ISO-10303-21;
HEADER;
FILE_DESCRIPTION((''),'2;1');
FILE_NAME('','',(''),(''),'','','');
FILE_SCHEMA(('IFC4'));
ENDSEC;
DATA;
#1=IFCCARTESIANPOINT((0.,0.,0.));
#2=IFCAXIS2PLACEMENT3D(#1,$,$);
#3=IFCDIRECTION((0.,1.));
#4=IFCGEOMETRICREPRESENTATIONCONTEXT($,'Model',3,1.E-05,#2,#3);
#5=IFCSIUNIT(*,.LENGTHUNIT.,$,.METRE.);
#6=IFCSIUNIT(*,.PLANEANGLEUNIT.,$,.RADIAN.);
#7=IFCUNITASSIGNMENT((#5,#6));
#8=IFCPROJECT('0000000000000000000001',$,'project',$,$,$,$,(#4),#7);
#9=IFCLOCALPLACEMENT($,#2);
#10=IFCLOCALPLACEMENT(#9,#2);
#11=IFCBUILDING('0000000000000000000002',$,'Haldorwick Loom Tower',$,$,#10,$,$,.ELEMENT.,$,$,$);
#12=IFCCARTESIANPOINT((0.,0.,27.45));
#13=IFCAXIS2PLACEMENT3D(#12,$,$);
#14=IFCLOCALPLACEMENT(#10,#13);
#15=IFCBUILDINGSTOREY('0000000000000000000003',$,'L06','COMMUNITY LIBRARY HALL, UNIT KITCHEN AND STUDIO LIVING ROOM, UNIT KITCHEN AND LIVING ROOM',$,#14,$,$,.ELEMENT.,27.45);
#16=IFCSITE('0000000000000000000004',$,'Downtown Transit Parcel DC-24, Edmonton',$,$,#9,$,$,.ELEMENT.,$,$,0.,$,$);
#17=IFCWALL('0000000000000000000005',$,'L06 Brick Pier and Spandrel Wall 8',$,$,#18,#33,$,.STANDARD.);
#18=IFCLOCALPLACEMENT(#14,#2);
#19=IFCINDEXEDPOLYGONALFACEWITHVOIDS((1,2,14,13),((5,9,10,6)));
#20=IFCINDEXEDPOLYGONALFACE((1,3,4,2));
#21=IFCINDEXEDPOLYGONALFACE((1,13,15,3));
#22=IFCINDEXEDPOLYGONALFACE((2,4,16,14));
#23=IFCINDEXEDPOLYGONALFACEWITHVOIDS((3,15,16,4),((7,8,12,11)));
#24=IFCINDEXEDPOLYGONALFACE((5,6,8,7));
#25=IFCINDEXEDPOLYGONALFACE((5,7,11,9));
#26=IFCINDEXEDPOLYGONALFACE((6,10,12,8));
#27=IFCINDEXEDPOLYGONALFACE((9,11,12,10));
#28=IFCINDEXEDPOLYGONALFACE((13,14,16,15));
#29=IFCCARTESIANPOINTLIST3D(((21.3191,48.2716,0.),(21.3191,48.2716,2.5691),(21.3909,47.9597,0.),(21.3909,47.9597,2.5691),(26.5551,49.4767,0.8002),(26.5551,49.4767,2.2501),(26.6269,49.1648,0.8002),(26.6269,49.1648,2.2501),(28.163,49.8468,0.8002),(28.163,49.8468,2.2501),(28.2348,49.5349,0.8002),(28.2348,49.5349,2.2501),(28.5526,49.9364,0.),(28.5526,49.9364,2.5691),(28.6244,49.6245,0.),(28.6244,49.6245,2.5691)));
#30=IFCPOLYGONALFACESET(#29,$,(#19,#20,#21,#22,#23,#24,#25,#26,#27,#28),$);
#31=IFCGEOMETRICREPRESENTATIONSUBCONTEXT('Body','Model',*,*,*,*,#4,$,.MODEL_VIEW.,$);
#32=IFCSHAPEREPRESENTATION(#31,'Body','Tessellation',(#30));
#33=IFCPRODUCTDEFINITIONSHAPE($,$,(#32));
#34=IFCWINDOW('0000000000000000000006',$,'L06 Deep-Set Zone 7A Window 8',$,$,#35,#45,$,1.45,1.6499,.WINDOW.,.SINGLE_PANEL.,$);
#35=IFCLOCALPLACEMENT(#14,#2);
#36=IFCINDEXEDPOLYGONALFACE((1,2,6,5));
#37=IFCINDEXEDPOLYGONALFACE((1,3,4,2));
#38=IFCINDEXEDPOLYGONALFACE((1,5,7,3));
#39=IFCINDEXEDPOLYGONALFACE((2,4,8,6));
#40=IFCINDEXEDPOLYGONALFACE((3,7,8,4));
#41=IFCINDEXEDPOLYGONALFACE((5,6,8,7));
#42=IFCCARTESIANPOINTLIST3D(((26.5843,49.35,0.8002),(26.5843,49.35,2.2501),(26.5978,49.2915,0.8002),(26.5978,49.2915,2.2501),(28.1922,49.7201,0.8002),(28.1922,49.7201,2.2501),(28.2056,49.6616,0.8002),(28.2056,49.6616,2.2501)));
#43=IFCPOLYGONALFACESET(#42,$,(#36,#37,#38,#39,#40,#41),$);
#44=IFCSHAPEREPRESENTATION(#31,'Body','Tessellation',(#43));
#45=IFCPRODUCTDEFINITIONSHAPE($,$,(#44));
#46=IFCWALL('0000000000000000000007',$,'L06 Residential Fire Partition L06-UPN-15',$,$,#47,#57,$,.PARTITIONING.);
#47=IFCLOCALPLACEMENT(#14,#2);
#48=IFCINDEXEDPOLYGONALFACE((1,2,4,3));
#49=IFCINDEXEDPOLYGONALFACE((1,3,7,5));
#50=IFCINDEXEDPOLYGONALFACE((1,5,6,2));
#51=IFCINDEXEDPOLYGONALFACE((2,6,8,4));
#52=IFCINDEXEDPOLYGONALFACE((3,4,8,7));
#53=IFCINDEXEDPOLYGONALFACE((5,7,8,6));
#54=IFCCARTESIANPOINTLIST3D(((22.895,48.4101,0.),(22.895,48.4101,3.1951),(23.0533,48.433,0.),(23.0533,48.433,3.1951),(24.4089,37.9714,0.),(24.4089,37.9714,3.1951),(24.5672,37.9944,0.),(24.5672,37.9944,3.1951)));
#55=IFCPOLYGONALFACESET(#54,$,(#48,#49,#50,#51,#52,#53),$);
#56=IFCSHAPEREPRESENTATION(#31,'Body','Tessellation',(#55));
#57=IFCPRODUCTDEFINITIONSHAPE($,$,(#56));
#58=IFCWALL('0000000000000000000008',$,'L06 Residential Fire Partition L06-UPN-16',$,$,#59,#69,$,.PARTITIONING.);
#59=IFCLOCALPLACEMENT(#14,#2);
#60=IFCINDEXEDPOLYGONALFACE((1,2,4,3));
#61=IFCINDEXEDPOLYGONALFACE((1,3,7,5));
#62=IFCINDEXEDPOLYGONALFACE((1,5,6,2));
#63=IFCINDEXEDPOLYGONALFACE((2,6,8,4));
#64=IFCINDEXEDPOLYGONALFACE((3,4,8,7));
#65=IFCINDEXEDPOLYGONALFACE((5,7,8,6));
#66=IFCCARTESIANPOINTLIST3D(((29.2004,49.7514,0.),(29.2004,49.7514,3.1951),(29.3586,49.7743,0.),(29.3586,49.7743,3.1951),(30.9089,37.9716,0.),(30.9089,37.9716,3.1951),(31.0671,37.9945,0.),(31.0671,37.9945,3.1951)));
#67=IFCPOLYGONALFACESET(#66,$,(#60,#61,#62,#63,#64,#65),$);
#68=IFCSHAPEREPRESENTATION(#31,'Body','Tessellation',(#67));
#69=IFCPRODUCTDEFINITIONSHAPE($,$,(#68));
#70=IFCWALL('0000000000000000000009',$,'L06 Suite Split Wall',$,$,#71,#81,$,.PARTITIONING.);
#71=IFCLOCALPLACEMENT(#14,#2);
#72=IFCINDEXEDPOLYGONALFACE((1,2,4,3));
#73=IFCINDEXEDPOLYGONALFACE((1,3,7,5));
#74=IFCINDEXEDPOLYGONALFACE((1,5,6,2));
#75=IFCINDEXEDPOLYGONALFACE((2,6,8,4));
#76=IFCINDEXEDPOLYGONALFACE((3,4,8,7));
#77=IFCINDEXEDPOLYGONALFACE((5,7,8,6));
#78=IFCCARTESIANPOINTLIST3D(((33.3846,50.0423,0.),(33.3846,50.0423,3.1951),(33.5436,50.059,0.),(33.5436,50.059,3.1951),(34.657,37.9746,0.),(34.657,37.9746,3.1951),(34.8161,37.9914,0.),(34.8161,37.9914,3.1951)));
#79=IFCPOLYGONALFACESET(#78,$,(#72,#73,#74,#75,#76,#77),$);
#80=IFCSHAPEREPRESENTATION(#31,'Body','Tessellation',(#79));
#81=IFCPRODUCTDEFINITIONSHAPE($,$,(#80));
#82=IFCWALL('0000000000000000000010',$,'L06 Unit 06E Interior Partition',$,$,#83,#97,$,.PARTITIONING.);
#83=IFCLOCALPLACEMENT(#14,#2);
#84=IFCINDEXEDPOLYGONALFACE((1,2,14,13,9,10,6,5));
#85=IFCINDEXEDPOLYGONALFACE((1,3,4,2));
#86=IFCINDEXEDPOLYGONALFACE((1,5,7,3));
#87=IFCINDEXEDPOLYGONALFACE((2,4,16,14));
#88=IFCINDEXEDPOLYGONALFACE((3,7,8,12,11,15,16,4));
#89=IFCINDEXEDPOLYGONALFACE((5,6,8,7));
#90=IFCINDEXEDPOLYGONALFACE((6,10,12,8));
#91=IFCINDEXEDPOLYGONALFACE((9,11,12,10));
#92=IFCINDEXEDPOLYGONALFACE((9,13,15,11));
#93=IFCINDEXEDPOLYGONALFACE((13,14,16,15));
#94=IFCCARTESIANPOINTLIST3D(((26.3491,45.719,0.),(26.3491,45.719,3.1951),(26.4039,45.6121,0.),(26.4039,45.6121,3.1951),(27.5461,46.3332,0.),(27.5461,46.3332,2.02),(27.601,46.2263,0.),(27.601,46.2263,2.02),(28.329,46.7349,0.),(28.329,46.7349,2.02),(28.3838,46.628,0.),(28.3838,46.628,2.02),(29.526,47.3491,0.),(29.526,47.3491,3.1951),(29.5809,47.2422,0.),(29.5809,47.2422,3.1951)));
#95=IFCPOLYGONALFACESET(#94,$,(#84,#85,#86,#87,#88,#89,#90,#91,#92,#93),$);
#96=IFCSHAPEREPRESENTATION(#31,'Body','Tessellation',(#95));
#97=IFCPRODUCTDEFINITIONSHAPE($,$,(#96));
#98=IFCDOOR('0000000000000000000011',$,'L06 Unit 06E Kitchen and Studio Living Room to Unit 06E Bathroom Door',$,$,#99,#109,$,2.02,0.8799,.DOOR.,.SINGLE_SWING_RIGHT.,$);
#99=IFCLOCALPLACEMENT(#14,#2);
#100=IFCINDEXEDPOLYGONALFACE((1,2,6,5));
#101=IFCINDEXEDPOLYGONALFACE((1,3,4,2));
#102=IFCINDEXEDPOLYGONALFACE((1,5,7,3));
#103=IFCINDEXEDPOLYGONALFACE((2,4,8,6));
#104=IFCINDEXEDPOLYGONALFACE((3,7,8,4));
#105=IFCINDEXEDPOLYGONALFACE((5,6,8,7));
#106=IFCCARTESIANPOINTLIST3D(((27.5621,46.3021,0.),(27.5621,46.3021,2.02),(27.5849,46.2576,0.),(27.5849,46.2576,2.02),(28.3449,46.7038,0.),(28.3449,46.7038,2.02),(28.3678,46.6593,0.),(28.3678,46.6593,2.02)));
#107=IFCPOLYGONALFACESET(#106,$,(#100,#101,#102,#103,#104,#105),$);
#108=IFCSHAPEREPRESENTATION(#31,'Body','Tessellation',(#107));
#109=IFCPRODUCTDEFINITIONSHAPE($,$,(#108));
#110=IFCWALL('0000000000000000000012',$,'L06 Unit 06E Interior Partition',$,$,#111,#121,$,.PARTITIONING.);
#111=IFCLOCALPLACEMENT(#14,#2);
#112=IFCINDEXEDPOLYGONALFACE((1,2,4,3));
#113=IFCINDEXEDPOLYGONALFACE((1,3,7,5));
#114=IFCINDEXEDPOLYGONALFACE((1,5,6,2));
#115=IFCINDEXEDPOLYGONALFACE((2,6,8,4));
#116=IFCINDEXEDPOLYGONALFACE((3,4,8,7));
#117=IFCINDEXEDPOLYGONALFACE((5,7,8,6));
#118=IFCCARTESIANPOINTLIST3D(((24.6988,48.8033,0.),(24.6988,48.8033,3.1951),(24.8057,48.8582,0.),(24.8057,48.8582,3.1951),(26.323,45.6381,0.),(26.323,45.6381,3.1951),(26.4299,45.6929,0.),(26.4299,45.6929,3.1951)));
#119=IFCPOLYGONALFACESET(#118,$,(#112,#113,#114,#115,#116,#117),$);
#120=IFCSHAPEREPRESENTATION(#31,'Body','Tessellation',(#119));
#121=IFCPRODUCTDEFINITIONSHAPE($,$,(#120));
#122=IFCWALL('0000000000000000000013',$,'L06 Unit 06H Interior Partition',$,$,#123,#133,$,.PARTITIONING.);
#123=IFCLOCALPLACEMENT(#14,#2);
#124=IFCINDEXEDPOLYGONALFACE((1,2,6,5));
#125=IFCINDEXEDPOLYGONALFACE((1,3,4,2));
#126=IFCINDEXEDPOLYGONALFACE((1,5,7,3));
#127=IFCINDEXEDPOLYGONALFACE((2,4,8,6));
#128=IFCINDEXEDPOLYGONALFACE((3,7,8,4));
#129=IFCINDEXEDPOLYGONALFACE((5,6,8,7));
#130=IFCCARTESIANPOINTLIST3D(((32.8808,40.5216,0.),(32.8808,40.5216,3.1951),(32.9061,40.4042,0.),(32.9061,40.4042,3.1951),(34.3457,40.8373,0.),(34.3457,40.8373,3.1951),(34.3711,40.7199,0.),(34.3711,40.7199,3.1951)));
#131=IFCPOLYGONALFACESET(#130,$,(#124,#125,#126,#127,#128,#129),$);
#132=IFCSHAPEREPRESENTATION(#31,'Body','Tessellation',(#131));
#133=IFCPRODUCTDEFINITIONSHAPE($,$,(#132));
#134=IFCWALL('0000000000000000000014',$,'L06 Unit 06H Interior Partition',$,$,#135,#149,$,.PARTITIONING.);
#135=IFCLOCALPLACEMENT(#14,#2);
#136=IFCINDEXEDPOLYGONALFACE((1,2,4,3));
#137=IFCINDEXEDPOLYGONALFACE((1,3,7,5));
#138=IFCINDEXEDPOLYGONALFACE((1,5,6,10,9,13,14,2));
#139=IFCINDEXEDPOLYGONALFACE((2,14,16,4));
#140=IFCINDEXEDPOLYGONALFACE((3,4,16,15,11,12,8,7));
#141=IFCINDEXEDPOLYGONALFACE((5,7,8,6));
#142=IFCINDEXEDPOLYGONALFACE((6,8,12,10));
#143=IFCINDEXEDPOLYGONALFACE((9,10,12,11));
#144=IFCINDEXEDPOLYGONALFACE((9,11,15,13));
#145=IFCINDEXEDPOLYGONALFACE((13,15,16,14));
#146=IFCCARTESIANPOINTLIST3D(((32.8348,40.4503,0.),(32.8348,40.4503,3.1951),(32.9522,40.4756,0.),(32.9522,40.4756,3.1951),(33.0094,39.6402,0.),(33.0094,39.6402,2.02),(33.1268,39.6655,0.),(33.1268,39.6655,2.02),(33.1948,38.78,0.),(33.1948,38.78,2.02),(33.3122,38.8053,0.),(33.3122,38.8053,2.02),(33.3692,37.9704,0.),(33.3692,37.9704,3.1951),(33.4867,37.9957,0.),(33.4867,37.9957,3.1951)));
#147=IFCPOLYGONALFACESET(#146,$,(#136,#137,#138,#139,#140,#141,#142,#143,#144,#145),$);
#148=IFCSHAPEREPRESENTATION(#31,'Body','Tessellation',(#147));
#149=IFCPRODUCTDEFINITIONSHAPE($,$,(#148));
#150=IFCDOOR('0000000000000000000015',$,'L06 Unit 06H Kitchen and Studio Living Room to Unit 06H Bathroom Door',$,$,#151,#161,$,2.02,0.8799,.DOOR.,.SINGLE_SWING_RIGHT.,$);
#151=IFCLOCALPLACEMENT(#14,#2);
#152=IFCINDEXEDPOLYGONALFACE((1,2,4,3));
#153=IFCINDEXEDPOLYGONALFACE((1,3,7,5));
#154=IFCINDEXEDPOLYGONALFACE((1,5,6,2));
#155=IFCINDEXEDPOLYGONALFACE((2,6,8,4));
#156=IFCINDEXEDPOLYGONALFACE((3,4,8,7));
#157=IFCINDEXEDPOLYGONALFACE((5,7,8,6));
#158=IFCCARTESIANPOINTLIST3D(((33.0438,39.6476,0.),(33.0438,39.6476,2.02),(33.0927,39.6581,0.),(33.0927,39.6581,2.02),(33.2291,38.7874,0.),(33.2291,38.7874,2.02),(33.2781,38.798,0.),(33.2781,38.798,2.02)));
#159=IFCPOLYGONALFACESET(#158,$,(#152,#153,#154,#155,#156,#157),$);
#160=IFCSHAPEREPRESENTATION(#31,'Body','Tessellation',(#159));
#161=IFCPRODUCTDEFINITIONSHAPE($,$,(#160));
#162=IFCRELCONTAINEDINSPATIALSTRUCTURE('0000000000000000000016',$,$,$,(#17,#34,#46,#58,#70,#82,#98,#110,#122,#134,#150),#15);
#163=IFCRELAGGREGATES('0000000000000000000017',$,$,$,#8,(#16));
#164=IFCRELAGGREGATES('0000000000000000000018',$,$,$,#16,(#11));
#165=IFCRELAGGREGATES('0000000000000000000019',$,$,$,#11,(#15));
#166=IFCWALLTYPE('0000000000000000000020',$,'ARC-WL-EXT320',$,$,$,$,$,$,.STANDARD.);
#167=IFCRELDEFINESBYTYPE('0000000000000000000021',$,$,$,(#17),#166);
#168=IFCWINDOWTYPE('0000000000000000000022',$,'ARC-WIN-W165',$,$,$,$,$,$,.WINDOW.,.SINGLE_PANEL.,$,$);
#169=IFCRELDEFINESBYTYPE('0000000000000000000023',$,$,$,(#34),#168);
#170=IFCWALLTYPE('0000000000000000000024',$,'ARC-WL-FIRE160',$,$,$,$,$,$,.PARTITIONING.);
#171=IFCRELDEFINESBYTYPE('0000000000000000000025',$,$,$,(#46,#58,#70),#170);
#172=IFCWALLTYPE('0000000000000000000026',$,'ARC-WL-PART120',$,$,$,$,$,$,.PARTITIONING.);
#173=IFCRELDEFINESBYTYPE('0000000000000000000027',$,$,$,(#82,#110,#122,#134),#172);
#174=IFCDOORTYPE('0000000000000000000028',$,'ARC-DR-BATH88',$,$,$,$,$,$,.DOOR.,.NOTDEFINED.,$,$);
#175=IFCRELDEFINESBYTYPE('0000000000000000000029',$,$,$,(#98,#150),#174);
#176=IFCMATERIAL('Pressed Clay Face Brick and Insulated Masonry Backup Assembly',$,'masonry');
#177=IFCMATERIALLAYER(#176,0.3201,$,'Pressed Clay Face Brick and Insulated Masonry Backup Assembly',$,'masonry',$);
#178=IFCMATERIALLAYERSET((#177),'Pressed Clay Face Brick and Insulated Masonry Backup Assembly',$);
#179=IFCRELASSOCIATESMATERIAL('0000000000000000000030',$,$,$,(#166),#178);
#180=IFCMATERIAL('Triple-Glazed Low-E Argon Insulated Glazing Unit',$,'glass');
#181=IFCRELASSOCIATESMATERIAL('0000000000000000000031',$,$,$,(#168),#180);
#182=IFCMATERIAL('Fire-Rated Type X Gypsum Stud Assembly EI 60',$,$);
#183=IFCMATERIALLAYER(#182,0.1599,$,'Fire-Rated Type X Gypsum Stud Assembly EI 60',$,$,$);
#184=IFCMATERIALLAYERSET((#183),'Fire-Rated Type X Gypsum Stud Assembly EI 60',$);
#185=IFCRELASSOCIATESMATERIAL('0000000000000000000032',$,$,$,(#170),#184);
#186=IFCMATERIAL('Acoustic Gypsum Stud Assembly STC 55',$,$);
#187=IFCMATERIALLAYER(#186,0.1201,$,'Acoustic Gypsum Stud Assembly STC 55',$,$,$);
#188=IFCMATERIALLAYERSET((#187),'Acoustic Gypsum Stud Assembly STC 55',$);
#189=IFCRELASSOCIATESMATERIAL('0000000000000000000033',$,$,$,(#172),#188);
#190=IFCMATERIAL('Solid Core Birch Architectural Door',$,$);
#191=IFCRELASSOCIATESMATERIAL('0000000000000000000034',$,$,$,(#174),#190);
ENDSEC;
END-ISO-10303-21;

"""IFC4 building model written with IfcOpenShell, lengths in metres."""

from ifc_helpers import new_model, si_unit, direction, frame, frame_2d, origin, place, context, subcontext, project, spatial, rectangle, extrude, material, layer, layer_set, type_object, element, fill, save


model = new_model("IFC4")

# Units and contexts
model_context = context("Model", 3, precision=1e-05, world=origin(), true_north=direction((0.0, 1.0)))
body_context = subcontext(model_context, "Body", "Model", "MODEL_VIEW")
ifc_project = project(units=[si_unit("LENGTHUNIT", "METRE"), si_unit("PLANEANGLEUNIT", "RADIAN")], contexts=[model_context])

# Site, building, storey
site_placement = place(None, origin())
site = spatial("IfcSite", under=ifc_project, at=site_placement, Name="Downtown Transit Parcel DC-24, Edmonton", CompositionType="ELEMENT", RefElevation=0.0)
building_placement = place(site_placement, origin())
building = spatial("IfcBuilding", under=site, at=building_placement, Name="Haldorwick Loom Tower", CompositionType="ELEMENT")
storey_placement = place(building_placement, frame((0.0, 0.0, 27.45)))
storey = spatial("IfcBuildingStorey", under=building, at=storey_placement, Name="L06", Description="COMMUNITY LIBRARY HALL, UNIT KITCHEN AND STUDIO LIVING ROOM, UNIT KITCHEN AND LIVING ROOM", CompositionType="ELEMENT", Elevation=27.45)

# Wall, opening, window
ifc_material_1 = material(Name="Pressed Clay Face Brick and Insulated Masonry Backup Assembly", Category="masonry")
ifc_layer_1 = layer(ifc_material_1, 0.3201, Name="Pressed Clay Face Brick and Insulated Masonry Backup Assembly", Category="masonry")
ifc_layer_set_1 = layer_set([ifc_layer_1], Name="Pressed Clay Face Brick and Insulated Masonry Backup Assembly")
wall_type_1 = type_object("IfcWallType", Name="ARC-WL-EXT320", PredefinedType="STANDARD", material=ifc_layer_set_1)
wall_1_placement = place(storey_placement, frame((28.5886, 49.7805, 0.0), z_axis=(0.0, 0.0, 1.0), x_axis=(-0.974522, -0.22429, 0.0)))
wall_1 = element("IfcWall", 1, at=wall_1_placement, inside=storey, type_object=wall_type_1, Name="L06 Brick Pier and Spandrel Wall 8", PredefinedType="STANDARD", context=body_context, shape_type="SweptSolid", body=[
    extrude(rectangle(XDim=7.4226, YDim=0.3201, at=frame_2d((3.7114, 0.0))), origin(), (0.0, 0.0, 1.0), 2.5691),
])
opening_1_placement = place(wall_1_placement, frame((0.3999, 0.0, 0.8)))
opening_1 = element("IfcOpeningElement", 2, at=opening_1_placement, cuts=wall_1, PredefinedType="OPENING", context=body_context, shape_type="SweptSolid", body=[
    extrude(rectangle(XDim=1.6499, YDim=1.45, at=frame_2d((0.825, 0.7251))), frame((0.0, 0.1699, 0.0), z_axis=(0.0, -1.0, 0.0), x_axis=(1.0, 0.0, 0.0)), (0.0, 0.0, 1.0), 0.3401),
])
ifc_material_2 = material(Name="Triple-Glazed Low-E Argon Insulated Glazing Unit", Category="glass")
window_type = type_object("IfcWindowType", Name="ARC-WIN-W165", PartitioningType="SINGLE_PANEL", PredefinedType="WINDOW", material=ifc_material_2)
window_placement = place(opening_1_placement, origin())
window = element("IfcWindow", 3, at=window_placement, inside=storey, type_object=window_type, Name="L06 Deep-Set Zone 7A Window 8", OverallHeight=1.45, OverallWidth=1.6499, PartitioningType="SINGLE_PANEL", PredefinedType="WINDOW", context=body_context, shape_type="SweptSolid", body=[
    extrude(rectangle(XDim=1.6499, YDim=1.45, at=frame_2d((0.825, 0.7251))), frame((0.0, 0.03, 0.0), z_axis=(0.0, -1.0, 0.0), x_axis=(1.0, 0.0, 0.0)), (0.0, 0.0, 1.0), 0.0601),
])
fill(opening_1, window)

# Walls
ifc_material_3 = material(Name="Fire-Rated Type X Gypsum Stud Assembly EI 60")
ifc_layer_2 = layer(ifc_material_3, 0.1599, Name="Fire-Rated Type X Gypsum Stud Assembly EI 60")
ifc_layer_set_2 = layer_set([ifc_layer_2], Name="Fire-Rated Type X Gypsum Stud Assembly EI 60")
wall_type_2 = type_object("IfcWallType", Name="ARC-WL-FIRE160", PredefinedType="PARTITIONING", material=ifc_layer_set_2)
wall_2_placement = place(storey_placement, frame((24.488, 37.9829, 0.0), z_axis=(0.0, 0.0, 1.0), x_axis=(-0.143527, 0.989646, 0.0)))
element("IfcWall", 4, at=wall_2_placement, inside=storey, type_object=wall_type_2, Name="L06 Residential Fire Partition L06-UPN-15", PredefinedType="PARTITIONING", context=body_context, shape_type="SweptSolid", body=[
    extrude(rectangle(XDim=10.5479, YDim=0.1599, at=frame_2d((5.2739, 0.0))), origin(), (0.0, 0.0, 1.0), 3.1951),
])
wall_3_placement = place(storey_placement, frame((30.988, 37.9829, 0.0), z_axis=(0.0, 0.0, 1.0), x_axis=(-0.143534, 0.989645, 0.0)))
element("IfcWall", 5, at=wall_3_placement, inside=storey, type_object=wall_type_2, Name="L06 Residential Fire Partition L06-UPN-16", PredefinedType="PARTITIONING", context=body_context, shape_type="SweptSolid", body=[
    extrude(rectangle(XDim=11.9031, YDim=0.1599, at=frame_2d((5.9517, 0.0))), origin(), (0.0, 0.0, 1.0), 3.1951),
])
wall_4_placement = place(storey_placement, frame((34.7366, 37.9829, 0.0), z_axis=(0.0, 0.0, 1.0), x_axis=(-0.104863, 0.994487, 0.0)))
element("IfcWall", 6, at=wall_4_placement, inside=storey, type_object=wall_type_2, Name="L06 Suite Split Wall", PredefinedType="PARTITIONING", context=body_context, shape_type="SweptSolid", body=[
    extrude(rectangle(XDim=12.1345, YDim=0.1599, at=frame_2d((6.0674, 0.0))), origin(), (0.0, 0.0, 1.0), 3.1951),
])

# Wall, opening, door
ifc_material_4 = material(Name="Acoustic Gypsum Stud Assembly STC 55")
ifc_layer_3 = layer(ifc_material_4, 0.1201, Name="Acoustic Gypsum Stud Assembly STC 55")
ifc_layer_set_3 = layer_set([ifc_layer_3], Name="Acoustic Gypsum Stud Assembly STC 55")
wall_type_3 = type_object("IfcWallType", Name="ARC-WL-PART120", PredefinedType="PARTITIONING", material=ifc_layer_set_3)
wall_5_placement = place(storey_placement, frame((29.5535, 47.2957, 0.0), z_axis=(0.0, 0.0, 1.0), x_axis=(-0.889716, -0.456515, 0.0)))
wall_5 = element("IfcWall", 7, at=wall_5_placement, inside=storey, type_object=wall_type_3, Name="L06 Unit 06E Interior Partition", PredefinedType="PARTITIONING", context=body_context, shape_type="SweptSolid", body=[
    extrude(rectangle(XDim=3.5708, YDim=0.1201, at=frame_2d((1.7854, 0.0))), origin(), (0.0, 0.0, 1.0), 3.1951),
])
opening_2_placement = place(wall_5_placement, frame((1.3455, 0.0, 0.0)))
opening_2 = element("IfcOpeningElement", 8, at=opening_2_placement, cuts=wall_5, PredefinedType="OPENING", context=body_context, shape_type="SweptSolid", body=[
    extrude(rectangle(XDim=0.8799, YDim=2.02, at=frame_2d((0.4399, 1.01))), frame((0.0, 0.0701, 0.0), z_axis=(0.0, -1.0, 0.0), x_axis=(1.0, 0.0, 0.0)), (0.0, 0.0, 1.0), 0.1401),
])
ifc_material_5 = material(Name="Solid Core Birch Architectural Door")
door_type = type_object("IfcDoorType", Name="ARC-DR-BATH88", OperationType="NOTDEFINED", PredefinedType="DOOR", material=ifc_material_5)
door_1_placement = place(opening_2_placement, origin())
door_1 = element("IfcDoor", 9, at=door_1_placement, inside=storey, type_object=door_type, Name="L06 Unit 06E Kitchen and Studio Living Room to Unit 06E Bathroom Door", OperationType="SINGLE_SWING_RIGHT", OverallHeight=2.02, OverallWidth=0.8799, PredefinedType="DOOR", context=body_context, shape_type="SweptSolid", body=[
    extrude(rectangle(XDim=0.8799, YDim=2.02, at=frame_2d((0.4399, 1.01))), frame((0.0, 0.0249, 0.0), z_axis=(0.0, -1.0, 0.0), x_axis=(1.0, 0.0, 0.0)), (0.0, 0.0, 1.0), 0.05),
])
fill(opening_2, door_1)

# Walls
wall_6_placement = place(storey_placement, frame((26.3765, 45.6655, 0.0), z_axis=(0.0, 0.0, 1.0), x_axis=(-0.456549, 0.889698, 0.0)))
element("IfcWall", 10, at=wall_6_placement, inside=storey, type_object=wall_type_3, Name="L06 Unit 06E Interior Partition", PredefinedType="PARTITIONING", context=body_context, shape_type="SweptSolid", body=[
    extrude(rectangle(XDim=3.5576, YDim=0.1201, at=frame_2d((1.7788, 0.0))), origin(), (0.0, 0.0, 1.0), 3.1951),
])
wall_7_placement = place(storey_placement, frame((34.3584, 40.7786, 0.0), z_axis=(0.0, 0.0, 1.0), x_axis=(-0.977559, -0.210664, 0.0)))
element("IfcWall", 11, at=wall_7_placement, inside=storey, type_object=wall_type_3, Name="L06 Unit 06H Interior Partition", PredefinedType="PARTITIONING", context=body_context, shape_type="SweptSolid", body=[
    extrude(rectangle(XDim=1.4985, YDim=0.1201, at=frame_2d((0.7493, 0.0))), origin(), (0.0, 0.0, 1.0), 3.1951),
])

# Wall, opening, door
wall_8_placement = place(storey_placement, frame((33.428, 37.9829, 0.0), z_axis=(0.0, 0.0, 1.0), x_axis=(-0.210659, 0.97756, 0.0)))
wall_8 = element("IfcWall", 12, at=wall_8_placement, inside=storey, type_object=wall_type_3, Name="L06 Unit 06H Interior Partition", PredefinedType="PARTITIONING", context=body_context, shape_type="SweptSolid", body=[
    extrude(rectangle(XDim=2.5369, YDim=0.1201, at=frame_2d((1.2686, 0.0))), origin(), (0.0, 0.0, 1.0), 3.1951),
])
opening_3_placement = place(wall_8_placement, frame((0.8284, 0.0, 0.0)))
opening_3 = element("IfcOpeningElement", 13, at=opening_3_placement, cuts=wall_8, PredefinedType="OPENING", context=body_context, shape_type="SweptSolid", body=[
    extrude(rectangle(XDim=0.8799, YDim=2.02, at=frame_2d((0.4399, 1.01))), frame((0.0, 0.0701, 0.0), z_axis=(0.0, -1.0, 0.0), x_axis=(1.0, 0.0, 0.0)), (0.0, 0.0, 1.0), 0.1401),
])
door_2_placement = place(opening_3_placement, origin())
door_2 = element("IfcDoor", 14, at=door_2_placement, inside=storey, type_object=door_type, Name="L06 Unit 06H Kitchen and Studio Living Room to Unit 06H Bathroom Door", OperationType="SINGLE_SWING_RIGHT", OverallHeight=2.02, OverallWidth=0.8799, PredefinedType="DOOR", context=body_context, shape_type="SweptSolid", body=[
    extrude(rectangle(XDim=0.8799, YDim=2.02, at=frame_2d((0.4399, 1.01))), frame((0.0, 0.0249, 0.0), z_axis=(0.0, -1.0, 0.0), x_axis=(1.0, 0.0, 0.0)), (0.0, 0.0, 1.0), 0.05),
])
fill(opening_3, door_2)

save(model, "model.ifc")
